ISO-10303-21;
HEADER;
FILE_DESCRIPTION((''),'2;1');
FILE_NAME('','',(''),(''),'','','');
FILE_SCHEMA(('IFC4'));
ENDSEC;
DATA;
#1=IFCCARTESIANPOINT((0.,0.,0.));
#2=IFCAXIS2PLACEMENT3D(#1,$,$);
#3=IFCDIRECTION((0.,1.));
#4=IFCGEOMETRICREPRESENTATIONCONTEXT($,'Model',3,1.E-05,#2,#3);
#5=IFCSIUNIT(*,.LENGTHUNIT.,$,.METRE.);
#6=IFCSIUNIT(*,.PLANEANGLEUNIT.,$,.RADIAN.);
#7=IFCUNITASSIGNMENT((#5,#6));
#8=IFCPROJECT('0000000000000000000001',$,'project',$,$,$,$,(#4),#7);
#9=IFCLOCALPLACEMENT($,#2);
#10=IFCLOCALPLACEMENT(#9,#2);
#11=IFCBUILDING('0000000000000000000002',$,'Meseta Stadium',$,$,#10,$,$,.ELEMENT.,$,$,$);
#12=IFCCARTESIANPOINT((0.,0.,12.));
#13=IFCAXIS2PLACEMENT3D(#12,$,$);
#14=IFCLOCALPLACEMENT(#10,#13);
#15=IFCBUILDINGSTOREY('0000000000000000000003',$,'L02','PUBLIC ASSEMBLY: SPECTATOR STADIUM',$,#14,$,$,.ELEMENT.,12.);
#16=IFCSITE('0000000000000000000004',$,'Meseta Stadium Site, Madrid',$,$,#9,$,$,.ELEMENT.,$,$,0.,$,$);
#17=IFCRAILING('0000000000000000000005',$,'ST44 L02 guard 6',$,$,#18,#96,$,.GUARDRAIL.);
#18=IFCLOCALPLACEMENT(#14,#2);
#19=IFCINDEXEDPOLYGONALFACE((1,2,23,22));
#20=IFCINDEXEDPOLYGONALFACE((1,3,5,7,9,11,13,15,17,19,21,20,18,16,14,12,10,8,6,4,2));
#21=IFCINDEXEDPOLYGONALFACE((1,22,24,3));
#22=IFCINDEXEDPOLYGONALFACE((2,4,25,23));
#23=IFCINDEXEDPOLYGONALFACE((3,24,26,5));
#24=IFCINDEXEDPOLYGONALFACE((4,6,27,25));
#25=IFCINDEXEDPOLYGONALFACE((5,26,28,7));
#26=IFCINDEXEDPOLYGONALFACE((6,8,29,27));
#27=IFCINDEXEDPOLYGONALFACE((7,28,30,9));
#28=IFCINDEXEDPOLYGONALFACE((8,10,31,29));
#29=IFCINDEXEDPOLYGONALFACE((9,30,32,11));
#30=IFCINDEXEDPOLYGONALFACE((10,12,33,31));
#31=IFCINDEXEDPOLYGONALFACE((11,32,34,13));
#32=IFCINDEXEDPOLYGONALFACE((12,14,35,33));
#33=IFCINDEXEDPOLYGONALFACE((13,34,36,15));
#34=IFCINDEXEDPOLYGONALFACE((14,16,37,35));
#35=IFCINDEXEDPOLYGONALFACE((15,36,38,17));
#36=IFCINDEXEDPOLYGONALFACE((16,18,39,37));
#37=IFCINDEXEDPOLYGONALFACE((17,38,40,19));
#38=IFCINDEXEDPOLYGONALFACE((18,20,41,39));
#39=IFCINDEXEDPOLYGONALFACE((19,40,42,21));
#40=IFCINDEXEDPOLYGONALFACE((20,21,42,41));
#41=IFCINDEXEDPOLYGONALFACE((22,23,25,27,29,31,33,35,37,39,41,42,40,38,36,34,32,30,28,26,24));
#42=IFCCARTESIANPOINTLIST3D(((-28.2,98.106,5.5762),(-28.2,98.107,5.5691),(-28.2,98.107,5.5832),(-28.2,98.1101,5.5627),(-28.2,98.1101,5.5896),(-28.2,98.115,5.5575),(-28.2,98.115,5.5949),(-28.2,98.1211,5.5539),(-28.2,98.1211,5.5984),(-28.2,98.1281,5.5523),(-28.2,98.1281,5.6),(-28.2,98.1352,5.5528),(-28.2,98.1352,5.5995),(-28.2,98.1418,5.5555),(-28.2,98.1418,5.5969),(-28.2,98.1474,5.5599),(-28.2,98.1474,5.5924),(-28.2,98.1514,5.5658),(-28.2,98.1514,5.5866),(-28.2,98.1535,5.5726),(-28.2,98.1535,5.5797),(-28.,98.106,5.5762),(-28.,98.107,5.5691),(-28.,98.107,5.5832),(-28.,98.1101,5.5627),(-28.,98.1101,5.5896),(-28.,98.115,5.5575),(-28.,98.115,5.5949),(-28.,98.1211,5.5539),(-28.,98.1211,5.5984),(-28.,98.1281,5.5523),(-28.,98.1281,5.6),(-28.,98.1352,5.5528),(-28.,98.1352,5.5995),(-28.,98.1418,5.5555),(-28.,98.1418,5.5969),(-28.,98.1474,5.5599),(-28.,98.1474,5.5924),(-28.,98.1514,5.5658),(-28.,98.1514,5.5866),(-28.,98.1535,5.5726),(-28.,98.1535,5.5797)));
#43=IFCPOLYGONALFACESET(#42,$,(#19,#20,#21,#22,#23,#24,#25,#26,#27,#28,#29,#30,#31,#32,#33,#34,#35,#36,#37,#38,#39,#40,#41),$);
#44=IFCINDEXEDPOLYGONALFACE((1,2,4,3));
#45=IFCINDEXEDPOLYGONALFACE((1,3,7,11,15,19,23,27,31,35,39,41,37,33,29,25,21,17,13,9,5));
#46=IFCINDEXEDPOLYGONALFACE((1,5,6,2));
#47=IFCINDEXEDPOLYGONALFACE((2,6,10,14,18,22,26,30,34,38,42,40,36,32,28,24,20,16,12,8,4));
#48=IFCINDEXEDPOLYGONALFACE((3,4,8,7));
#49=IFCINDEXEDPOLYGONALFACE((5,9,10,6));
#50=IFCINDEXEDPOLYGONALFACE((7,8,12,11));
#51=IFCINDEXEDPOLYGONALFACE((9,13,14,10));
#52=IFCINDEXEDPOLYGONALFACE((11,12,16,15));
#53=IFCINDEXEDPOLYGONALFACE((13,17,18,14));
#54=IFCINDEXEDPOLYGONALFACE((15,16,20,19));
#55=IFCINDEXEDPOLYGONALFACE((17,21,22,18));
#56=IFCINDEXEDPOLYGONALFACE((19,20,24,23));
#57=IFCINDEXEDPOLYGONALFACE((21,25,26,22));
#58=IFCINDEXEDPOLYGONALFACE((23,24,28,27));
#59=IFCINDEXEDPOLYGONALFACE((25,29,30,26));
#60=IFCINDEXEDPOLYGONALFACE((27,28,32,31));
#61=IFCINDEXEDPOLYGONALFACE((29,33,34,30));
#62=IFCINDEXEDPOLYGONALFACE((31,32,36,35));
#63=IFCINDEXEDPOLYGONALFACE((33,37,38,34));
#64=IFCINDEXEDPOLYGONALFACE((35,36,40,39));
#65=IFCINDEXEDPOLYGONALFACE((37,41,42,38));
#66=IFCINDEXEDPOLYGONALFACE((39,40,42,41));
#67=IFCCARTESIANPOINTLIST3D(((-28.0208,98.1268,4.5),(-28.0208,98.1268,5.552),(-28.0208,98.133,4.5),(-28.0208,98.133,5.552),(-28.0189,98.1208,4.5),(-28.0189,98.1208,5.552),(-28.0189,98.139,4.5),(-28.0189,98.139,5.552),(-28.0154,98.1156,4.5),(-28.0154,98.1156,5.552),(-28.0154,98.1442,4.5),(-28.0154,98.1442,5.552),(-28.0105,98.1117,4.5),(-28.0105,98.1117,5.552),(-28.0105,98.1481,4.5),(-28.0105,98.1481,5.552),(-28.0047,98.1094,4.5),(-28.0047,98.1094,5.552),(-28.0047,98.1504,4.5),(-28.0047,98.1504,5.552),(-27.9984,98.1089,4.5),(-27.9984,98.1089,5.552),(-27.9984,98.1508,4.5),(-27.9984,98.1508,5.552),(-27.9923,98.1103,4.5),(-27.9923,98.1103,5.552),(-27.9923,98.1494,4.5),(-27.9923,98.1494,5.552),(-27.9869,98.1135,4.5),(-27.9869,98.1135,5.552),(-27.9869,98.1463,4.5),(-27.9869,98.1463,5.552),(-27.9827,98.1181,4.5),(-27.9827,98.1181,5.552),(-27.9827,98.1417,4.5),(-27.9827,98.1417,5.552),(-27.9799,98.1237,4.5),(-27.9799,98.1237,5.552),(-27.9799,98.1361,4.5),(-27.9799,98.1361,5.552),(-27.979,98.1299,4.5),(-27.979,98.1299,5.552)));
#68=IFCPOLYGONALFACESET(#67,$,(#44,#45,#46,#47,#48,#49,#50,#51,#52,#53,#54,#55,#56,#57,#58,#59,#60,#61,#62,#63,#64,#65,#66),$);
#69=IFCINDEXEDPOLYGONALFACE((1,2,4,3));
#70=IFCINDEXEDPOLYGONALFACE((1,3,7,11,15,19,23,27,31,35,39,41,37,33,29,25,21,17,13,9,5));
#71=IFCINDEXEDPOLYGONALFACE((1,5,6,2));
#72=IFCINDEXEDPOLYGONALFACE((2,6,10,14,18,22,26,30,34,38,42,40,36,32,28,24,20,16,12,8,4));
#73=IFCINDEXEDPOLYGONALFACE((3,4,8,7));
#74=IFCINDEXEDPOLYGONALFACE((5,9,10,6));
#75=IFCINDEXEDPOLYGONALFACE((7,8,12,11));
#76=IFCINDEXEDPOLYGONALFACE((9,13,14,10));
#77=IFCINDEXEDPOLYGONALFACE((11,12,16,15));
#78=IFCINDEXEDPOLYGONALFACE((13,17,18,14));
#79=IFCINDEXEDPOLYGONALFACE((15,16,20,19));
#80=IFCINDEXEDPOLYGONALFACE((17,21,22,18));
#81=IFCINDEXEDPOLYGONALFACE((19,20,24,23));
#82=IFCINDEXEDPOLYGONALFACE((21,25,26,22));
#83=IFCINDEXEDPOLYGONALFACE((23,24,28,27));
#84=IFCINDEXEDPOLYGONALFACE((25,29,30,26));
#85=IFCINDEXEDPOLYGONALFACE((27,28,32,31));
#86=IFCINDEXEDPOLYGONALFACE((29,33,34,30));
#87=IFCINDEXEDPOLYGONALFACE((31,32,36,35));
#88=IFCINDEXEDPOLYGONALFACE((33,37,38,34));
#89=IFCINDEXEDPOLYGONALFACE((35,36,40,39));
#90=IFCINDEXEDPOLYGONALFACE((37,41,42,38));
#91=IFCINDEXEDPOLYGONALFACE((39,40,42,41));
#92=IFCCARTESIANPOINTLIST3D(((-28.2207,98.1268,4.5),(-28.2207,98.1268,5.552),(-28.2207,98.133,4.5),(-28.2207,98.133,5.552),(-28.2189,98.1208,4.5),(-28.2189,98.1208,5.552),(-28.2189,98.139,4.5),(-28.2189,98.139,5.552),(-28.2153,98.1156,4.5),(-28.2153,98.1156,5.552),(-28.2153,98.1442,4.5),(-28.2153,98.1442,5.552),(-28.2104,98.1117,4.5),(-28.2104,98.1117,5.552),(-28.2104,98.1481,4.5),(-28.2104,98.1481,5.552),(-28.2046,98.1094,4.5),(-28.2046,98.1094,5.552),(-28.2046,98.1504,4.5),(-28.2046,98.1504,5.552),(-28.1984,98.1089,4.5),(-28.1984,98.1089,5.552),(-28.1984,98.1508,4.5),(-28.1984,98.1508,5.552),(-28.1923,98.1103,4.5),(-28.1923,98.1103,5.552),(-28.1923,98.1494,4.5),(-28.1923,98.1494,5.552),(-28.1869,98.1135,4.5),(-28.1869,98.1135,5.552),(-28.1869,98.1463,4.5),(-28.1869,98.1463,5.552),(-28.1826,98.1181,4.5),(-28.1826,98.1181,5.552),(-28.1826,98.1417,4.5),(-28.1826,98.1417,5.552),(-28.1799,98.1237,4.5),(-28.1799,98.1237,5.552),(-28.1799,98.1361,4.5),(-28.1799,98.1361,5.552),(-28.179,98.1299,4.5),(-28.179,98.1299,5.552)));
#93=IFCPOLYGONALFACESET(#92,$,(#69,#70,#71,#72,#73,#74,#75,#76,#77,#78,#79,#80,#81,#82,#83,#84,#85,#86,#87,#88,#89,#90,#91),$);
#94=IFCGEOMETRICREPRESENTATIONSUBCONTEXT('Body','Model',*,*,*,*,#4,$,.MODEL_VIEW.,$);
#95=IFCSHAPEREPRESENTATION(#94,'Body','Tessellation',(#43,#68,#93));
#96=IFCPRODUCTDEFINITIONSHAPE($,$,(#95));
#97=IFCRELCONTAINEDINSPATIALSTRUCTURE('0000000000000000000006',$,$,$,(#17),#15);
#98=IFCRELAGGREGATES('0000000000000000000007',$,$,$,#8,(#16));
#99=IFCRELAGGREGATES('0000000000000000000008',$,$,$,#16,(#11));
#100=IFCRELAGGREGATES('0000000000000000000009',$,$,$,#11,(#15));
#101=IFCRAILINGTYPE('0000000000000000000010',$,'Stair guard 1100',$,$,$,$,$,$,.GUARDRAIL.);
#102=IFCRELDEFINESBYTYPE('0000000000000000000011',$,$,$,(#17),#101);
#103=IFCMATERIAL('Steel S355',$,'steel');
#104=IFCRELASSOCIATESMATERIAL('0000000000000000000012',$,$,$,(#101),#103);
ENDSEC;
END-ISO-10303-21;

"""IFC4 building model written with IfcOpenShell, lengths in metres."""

from ifc_helpers import new_model, si_unit, direction, frame, origin, origin_2d, place, context, subcontext, project, spatial, circle, extrude, material, type_object, element, save


model = new_model("IFC4")

# Units and contexts
model_context = context("Model", 3, precision=1e-05, world=origin(), true_north=direction((0.0, 1.0)))
body_context = subcontext(model_context, "Body", "Model", "MODEL_VIEW")
ifc_project = project(units=[si_unit("LENGTHUNIT", "METRE"), si_unit("PLANEANGLEUNIT", "RADIAN")], contexts=[model_context])

# Site, building, storey
site_placement = place(None, origin())
site = spatial("IfcSite", under=ifc_project, at=site_placement, Name="Meseta Stadium Site, Madrid", CompositionType="ELEMENT", RefElevation=0.0)
building_placement = place(site_placement, origin())
building = spatial("IfcBuilding", under=site, at=building_placement, Name="Meseta Stadium", CompositionType="ELEMENT")
storey_placement = place(building_placement, frame((0.0, 0.0, 12.0)))
storey = spatial("IfcBuildingStorey", under=building, at=storey_placement, Name="L02", Description="PUBLIC ASSEMBLY: SPECTATOR STADIUM", CompositionType="ELEMENT", Elevation=12.0)

# Railing
ifc_material_1 = material(Name="Steel S355", Category="steel")
railing_type_1 = type_object("IfcRailingType", Name="Stair guard 1100", PredefinedType="GUARDRAIL", material=ifc_material_1)
railing_1_placement = place(storey_placement, frame((-28.0, 98.1299, 4.5)))
element("IfcRailing", 1, at=railing_1_placement, inside=storey, type_object=railing_type_1, Name="ST44 L02 guard 6", PredefinedType="GUARDRAIL", context=body_context, shape_type="SweptSolid", body=[
    extrude(circle(Radius=0.0239, at=origin_2d()), frame((0.0, 0.0, 1.0762), z_axis=(-1.0, 0.0, 0.0), x_axis=(0.0, -1.0, 0.0)), (0.0, 0.0, 1.0), 0.2),
    extrude(circle(Radius=0.021, at=origin_2d()), origin(), (0.0, 0.0, 1.0), 1.052),
    extrude(circle(Radius=0.021, at=origin_2d()), frame((-0.2, 0.0, 0.0)), (0.0, 0.0, 1.0), 1.052),
])

save(model, "model.ifc")
